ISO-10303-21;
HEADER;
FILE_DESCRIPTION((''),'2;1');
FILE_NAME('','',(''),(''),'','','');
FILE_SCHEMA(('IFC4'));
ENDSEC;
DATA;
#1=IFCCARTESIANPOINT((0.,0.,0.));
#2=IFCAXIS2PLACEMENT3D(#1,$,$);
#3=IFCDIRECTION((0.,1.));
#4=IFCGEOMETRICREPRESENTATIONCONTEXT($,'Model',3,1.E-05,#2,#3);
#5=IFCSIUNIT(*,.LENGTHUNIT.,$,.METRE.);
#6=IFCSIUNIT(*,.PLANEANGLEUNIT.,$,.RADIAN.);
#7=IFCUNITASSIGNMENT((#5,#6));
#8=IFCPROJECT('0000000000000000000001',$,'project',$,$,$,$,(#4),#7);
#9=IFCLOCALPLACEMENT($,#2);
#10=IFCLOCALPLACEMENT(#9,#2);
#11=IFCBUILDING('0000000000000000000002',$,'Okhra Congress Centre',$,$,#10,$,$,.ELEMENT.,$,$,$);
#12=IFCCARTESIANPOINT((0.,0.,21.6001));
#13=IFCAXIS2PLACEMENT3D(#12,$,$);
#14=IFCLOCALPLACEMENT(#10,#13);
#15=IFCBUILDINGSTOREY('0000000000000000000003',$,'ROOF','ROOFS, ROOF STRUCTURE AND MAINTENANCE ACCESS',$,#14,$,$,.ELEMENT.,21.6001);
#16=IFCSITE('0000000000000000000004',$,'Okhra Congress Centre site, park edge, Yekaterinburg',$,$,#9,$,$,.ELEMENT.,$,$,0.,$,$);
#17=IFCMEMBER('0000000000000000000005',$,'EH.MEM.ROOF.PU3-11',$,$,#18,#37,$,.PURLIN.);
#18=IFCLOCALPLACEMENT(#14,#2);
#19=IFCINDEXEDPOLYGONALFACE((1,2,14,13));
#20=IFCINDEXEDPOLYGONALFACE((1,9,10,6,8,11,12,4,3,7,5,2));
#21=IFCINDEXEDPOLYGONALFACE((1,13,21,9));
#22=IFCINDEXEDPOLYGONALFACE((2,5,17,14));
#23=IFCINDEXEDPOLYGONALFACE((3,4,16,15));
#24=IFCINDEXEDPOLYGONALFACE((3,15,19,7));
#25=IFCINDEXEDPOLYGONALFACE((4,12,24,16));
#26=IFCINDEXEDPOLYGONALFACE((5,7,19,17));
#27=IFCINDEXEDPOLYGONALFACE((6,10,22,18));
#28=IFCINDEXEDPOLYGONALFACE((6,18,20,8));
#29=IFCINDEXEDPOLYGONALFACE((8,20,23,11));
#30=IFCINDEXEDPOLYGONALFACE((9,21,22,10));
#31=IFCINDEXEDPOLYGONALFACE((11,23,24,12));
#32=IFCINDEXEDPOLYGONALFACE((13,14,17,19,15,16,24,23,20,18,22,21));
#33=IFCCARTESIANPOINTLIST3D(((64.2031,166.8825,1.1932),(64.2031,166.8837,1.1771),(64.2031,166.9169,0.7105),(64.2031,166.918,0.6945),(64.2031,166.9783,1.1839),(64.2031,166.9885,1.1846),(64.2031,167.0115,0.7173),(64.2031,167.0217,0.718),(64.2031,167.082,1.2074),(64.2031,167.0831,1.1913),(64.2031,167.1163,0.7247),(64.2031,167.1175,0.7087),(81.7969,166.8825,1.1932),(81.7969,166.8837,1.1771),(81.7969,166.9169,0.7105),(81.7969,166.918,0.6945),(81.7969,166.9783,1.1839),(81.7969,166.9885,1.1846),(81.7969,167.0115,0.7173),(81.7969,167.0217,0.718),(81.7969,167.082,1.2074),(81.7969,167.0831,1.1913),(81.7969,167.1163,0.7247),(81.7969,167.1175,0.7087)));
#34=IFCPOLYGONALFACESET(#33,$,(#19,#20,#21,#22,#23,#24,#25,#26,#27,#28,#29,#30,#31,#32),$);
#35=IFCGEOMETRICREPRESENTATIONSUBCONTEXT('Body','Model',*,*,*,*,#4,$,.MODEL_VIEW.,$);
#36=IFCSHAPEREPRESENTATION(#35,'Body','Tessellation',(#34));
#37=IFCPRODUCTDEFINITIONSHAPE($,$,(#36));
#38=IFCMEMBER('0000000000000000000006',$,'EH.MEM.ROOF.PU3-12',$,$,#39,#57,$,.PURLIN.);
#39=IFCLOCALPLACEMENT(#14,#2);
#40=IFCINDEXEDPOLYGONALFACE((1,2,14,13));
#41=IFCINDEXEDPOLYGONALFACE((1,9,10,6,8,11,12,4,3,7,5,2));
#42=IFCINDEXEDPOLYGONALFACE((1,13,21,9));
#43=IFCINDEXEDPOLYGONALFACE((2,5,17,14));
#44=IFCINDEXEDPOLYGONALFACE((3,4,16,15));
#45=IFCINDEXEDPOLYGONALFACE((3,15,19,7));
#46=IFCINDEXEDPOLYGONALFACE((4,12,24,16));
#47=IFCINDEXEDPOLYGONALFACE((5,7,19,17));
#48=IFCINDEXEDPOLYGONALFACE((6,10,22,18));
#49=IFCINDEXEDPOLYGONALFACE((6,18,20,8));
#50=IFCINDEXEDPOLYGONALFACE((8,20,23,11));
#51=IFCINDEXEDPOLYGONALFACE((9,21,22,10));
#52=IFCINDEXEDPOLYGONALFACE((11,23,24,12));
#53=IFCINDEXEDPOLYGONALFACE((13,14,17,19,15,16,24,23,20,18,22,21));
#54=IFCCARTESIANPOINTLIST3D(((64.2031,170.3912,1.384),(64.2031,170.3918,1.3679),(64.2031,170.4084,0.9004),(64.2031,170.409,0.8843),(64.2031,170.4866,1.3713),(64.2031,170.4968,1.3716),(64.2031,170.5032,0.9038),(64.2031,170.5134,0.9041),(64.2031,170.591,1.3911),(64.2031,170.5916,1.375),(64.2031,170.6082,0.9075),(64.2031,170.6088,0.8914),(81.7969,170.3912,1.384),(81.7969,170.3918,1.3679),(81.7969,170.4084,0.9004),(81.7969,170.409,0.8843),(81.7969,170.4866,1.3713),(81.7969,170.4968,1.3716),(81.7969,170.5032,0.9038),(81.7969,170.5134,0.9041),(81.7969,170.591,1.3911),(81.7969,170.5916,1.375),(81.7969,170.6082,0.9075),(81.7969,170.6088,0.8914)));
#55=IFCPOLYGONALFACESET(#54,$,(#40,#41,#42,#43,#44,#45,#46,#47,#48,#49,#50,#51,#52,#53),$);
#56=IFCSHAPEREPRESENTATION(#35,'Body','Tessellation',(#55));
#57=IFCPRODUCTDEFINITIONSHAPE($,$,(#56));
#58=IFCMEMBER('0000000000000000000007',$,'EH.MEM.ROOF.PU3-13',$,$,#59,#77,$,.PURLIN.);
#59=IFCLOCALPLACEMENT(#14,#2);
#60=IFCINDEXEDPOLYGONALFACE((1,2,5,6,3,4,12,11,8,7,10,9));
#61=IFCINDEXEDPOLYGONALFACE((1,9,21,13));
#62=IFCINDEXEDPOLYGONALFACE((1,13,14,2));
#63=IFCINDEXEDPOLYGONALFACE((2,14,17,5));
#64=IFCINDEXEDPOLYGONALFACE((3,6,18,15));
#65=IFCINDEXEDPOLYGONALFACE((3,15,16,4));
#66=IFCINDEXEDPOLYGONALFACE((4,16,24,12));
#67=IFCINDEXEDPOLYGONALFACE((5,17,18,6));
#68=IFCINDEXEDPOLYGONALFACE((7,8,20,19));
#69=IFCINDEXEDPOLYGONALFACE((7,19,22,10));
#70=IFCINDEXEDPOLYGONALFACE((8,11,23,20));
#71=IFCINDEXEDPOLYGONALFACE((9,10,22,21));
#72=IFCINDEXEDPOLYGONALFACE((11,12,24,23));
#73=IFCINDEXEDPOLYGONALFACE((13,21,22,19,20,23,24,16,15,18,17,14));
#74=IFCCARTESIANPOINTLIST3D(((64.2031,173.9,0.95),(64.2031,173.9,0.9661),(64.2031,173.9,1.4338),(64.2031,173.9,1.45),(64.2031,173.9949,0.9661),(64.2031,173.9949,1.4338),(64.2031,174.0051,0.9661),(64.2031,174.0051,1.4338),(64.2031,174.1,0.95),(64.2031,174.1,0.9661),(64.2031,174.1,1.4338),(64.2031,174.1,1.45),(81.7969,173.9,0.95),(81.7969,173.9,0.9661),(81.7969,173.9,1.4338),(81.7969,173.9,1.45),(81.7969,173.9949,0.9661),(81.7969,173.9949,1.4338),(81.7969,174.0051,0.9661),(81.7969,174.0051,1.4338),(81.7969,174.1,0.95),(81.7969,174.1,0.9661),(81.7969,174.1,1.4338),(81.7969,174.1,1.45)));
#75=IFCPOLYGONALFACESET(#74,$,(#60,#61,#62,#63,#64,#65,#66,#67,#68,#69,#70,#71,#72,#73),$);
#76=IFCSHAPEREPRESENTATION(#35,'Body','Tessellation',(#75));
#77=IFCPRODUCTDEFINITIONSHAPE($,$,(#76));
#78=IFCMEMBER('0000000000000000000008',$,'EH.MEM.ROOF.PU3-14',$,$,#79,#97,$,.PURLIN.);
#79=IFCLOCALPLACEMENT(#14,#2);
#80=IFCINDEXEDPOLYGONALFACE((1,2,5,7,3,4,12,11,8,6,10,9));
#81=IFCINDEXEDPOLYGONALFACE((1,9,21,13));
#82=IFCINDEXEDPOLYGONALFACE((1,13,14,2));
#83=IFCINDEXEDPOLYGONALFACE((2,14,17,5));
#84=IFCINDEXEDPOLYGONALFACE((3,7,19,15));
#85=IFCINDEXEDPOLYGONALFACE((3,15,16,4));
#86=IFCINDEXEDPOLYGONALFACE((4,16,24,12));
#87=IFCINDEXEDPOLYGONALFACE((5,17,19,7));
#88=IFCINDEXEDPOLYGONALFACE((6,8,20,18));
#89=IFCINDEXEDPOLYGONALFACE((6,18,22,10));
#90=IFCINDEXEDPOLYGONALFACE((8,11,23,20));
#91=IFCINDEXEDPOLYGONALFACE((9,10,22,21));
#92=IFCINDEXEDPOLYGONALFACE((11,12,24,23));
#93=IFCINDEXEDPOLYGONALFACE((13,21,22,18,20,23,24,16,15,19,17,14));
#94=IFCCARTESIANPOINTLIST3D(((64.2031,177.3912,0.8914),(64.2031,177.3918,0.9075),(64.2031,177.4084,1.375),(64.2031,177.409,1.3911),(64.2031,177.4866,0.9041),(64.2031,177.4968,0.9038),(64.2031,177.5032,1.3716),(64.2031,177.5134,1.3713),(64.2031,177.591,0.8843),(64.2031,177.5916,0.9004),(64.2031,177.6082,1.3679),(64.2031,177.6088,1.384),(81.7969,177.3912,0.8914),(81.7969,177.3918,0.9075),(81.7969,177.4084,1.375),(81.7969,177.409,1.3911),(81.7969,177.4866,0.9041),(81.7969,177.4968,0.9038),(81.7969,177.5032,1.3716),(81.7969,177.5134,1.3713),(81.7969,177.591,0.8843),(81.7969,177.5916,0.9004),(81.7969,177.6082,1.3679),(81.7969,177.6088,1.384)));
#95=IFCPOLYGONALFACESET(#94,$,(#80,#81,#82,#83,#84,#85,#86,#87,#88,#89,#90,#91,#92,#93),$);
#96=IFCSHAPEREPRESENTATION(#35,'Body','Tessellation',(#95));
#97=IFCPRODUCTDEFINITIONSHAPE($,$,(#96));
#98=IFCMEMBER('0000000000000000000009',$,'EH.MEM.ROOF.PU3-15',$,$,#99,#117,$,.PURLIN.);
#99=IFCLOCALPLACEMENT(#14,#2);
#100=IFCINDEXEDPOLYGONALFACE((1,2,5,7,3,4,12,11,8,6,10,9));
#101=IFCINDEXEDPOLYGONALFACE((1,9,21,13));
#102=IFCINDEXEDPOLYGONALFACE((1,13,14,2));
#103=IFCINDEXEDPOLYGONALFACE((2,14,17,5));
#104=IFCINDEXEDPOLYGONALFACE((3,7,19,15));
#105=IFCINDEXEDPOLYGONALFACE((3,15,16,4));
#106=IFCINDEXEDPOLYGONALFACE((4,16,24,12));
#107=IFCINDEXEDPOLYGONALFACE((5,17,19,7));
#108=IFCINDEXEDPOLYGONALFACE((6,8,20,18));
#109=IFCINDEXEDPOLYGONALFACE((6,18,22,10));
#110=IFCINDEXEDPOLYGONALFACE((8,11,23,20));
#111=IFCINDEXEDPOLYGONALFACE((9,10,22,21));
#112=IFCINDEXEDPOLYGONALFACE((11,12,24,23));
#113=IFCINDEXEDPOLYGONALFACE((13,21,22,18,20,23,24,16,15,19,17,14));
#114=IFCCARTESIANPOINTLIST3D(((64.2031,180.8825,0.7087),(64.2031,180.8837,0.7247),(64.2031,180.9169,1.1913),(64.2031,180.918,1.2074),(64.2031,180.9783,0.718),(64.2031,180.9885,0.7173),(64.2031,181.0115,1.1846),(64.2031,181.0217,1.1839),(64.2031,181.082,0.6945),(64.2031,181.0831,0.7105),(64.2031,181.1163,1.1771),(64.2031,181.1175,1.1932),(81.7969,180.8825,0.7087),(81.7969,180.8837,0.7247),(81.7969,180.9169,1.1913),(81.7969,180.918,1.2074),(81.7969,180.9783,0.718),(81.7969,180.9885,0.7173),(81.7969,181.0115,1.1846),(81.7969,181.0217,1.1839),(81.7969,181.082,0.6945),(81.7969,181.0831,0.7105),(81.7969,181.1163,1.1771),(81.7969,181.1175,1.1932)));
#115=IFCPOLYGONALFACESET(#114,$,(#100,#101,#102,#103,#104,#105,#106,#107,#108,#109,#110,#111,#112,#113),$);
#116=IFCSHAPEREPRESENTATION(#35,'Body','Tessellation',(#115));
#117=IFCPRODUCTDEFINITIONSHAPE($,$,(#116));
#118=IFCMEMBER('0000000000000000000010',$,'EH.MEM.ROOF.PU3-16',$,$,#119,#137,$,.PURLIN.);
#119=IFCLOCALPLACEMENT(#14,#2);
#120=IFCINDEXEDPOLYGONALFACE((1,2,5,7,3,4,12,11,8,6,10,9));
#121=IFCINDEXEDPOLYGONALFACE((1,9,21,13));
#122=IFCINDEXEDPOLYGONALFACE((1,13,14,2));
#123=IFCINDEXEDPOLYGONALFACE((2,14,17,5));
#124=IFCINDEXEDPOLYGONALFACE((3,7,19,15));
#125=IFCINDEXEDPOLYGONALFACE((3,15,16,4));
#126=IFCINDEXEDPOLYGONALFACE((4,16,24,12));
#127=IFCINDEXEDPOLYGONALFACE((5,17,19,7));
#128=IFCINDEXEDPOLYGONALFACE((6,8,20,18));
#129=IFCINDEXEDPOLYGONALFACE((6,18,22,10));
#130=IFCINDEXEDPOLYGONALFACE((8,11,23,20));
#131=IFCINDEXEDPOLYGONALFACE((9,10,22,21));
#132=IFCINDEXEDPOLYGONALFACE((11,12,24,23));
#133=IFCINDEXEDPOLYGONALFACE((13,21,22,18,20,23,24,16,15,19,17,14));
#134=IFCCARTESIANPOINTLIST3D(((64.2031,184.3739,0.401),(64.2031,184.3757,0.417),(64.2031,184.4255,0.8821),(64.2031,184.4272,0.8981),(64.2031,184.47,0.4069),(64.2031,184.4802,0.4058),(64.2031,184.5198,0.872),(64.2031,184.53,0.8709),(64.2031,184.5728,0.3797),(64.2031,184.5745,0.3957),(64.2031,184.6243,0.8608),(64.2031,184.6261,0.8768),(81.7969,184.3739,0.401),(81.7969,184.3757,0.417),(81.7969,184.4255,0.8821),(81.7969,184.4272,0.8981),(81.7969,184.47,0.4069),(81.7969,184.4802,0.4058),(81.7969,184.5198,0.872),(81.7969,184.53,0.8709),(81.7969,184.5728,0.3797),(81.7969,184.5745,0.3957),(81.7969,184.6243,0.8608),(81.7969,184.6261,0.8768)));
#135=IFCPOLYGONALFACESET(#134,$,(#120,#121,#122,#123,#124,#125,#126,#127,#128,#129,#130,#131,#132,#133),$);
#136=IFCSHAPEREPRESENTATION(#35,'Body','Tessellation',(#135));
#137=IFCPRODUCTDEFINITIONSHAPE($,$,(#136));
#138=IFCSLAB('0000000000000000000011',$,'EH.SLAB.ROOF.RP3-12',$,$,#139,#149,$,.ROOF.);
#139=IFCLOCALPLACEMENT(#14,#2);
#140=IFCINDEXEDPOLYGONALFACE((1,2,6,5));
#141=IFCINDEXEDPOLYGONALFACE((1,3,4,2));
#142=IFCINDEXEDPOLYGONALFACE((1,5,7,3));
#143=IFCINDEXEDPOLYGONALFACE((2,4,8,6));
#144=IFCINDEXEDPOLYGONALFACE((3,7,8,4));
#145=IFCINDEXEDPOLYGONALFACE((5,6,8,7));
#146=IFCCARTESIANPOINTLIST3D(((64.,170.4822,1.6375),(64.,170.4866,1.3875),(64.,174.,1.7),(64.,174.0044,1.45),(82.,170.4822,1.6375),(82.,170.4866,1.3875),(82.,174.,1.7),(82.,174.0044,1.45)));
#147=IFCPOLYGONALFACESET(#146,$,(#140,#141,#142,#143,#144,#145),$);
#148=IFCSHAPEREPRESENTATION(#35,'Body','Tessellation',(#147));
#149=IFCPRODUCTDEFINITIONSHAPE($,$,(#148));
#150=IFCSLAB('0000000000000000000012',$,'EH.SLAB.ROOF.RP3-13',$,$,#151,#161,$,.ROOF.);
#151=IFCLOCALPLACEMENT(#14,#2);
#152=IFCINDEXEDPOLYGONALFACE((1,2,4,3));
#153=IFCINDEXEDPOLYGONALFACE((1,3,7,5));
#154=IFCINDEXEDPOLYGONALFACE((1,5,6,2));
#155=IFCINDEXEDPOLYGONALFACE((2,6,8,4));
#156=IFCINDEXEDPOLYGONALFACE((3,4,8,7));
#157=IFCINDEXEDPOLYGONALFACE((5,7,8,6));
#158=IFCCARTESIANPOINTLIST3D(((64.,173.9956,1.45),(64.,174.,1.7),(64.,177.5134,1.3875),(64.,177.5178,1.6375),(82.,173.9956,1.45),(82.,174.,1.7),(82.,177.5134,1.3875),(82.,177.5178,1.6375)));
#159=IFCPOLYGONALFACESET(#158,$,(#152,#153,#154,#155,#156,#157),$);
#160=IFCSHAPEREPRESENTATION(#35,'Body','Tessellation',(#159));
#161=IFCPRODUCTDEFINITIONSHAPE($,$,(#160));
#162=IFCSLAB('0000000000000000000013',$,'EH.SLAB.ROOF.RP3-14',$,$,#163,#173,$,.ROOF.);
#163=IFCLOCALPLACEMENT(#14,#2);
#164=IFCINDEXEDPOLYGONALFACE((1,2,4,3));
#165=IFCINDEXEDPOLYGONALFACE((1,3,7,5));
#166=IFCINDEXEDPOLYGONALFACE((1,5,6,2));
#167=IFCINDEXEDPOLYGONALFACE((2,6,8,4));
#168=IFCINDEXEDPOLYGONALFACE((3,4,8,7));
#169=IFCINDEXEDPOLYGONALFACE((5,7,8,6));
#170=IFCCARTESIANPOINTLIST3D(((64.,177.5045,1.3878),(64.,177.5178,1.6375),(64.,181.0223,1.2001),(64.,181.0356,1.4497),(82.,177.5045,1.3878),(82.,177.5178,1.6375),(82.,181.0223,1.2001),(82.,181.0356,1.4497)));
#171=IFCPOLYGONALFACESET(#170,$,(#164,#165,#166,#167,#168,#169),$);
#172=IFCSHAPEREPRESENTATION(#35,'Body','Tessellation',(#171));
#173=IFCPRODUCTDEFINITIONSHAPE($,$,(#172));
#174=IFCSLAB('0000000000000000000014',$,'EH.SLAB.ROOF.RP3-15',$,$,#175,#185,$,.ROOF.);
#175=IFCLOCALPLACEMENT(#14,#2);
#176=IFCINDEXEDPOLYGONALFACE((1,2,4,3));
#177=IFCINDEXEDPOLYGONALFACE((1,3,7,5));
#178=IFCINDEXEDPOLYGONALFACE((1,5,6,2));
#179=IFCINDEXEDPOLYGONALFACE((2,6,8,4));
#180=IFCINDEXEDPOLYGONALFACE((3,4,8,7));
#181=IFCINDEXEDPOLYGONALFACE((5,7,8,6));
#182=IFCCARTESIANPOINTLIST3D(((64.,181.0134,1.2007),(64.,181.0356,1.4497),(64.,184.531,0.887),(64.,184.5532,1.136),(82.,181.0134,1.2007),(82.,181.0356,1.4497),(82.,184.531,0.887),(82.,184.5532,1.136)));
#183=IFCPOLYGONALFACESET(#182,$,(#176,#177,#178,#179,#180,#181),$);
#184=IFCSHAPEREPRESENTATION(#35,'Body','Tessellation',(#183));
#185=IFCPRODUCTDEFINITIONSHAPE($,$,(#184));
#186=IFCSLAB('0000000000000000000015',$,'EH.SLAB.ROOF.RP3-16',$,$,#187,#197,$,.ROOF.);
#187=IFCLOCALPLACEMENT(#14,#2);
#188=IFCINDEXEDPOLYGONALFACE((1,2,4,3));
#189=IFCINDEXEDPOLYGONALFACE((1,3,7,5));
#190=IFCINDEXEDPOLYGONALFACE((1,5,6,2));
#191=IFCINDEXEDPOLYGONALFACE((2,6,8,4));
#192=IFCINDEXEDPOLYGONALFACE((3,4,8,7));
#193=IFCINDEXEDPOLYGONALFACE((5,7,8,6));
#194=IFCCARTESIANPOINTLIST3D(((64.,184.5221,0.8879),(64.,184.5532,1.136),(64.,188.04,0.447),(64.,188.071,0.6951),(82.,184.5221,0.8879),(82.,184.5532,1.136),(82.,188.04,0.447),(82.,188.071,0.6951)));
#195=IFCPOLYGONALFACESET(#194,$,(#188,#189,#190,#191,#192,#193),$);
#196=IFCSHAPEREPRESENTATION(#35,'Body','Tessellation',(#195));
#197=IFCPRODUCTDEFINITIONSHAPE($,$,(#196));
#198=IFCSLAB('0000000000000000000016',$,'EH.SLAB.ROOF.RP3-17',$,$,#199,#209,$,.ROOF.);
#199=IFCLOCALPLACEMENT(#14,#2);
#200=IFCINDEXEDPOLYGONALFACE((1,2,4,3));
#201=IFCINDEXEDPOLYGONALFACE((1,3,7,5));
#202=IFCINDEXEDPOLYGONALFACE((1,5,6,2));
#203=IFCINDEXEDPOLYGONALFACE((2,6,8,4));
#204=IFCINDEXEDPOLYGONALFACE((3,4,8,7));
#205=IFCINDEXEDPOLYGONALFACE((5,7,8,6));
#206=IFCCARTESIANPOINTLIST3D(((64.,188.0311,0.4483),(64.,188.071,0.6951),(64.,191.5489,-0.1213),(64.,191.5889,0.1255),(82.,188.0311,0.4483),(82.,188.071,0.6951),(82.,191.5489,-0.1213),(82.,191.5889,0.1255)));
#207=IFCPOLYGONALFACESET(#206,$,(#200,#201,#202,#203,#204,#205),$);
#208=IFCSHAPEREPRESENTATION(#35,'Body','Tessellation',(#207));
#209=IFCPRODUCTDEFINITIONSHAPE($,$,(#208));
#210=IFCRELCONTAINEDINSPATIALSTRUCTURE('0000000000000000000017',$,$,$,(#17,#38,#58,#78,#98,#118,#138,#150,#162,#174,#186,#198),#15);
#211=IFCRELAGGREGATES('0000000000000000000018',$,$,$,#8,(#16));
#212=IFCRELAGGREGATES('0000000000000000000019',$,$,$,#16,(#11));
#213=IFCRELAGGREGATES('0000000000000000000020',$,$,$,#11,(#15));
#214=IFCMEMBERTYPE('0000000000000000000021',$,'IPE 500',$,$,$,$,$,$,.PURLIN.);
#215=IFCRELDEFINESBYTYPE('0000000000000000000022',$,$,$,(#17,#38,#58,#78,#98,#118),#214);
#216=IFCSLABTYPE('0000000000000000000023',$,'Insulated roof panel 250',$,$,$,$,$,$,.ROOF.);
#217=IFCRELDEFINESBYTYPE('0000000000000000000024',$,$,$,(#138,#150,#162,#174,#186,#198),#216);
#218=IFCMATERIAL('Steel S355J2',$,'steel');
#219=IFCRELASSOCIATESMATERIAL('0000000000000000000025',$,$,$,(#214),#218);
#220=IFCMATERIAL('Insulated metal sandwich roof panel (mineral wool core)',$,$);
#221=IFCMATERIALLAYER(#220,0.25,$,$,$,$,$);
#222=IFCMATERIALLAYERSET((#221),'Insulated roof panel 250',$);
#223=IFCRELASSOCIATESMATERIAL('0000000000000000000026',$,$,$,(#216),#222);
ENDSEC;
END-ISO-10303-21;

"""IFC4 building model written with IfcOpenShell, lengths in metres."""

from ifc_helpers import new_model, si_unit, direction, frame, origin, origin_2d, place, context, subcontext, project, spatial, polyline, i_section, outline, extrude, material, layer, layer_set, material_profile, profile_set, type_object, element, save


model = new_model("IFC4")

# Units and contexts
model_context = context("Model", 3, precision=1e-05, world=origin(), true_north=direction((0.0, 1.0)))
body_context = subcontext(model_context, "Body", "Model", "MODEL_VIEW")
ifc_project = project(units=[si_unit("LENGTHUNIT", "METRE"), si_unit("PLANEANGLEUNIT", "RADIAN")], contexts=[model_context])

# Site, building, storey
site_placement = place(None, origin())
site = spatial("IfcSite", under=ifc_project, at=site_placement, Name="Okhra Congress Centre site, park edge, Yekaterinburg", CompositionType="ELEMENT", RefElevation=0.0)
building_placement = place(site_placement, origin())
building = spatial("IfcBuilding", under=site, at=building_placement, Name="Okhra Congress Centre", CompositionType="ELEMENT")
storey_placement = place(building_placement, frame((0.0, 0.0, 21.6001)))
storey = spatial("IfcBuildingStorey", under=building, at=storey_placement, Name="ROOF", Description="ROOFS, ROOF STRUCTURE AND MAINTENANCE ACCESS", CompositionType="ELEMENT", Elevation=21.6001)

# Members
ifc_material_1 = material(Name="Steel S355J2", Category="steel")
ifc_material_profile_1 = material_profile(ifc_material_1, i_section(OverallWidth=0.2, OverallDepth=0.5, WebThickness=0.0103, FlangeThickness=0.0161, at=origin_2d()), Name="IPE 500")
ifc_profile_set_1 = profile_set([ifc_material_profile_1], Name="Steel S355J2")
member_type_1 = type_object("IfcMemberType", Name="IPE 500", PredefinedType="PURLIN", material=ifc_profile_set_1)
for number, where, z_axis, x_axis, name in (
    (1, (64.2031, 167.0, 0.9509), (1.0, 0.0, 0.0), (0.0, 0.997472, 0.071067), "EH.MEM.ROOF.PU3-11"),
    (2, (64.2031, 170.5, 1.1377), (1.0, 0.0, 0.0), (0.0, 0.999368, 0.035533), "EH.MEM.ROOF.PU3-12"),
    (3, (64.2031, 174.0, 1.2), (1.0, 0.0, 0.0), (0.0, 1.0, 0.0), "EH.MEM.ROOF.PU3-13"),
    (4, (64.2031, 177.5, 1.1377), (1.0, 0.0, 0.0), (0.0, 0.999368, -0.035533), "EH.MEM.ROOF.PU3-14"),
    (5, (64.2031, 181.0, 0.9509), (1.0, 0.0, 0.0), (0.0, 0.997472, -0.071067), "EH.MEM.ROOF.PU3-15"),
    (6, (64.2031, 184.5, 0.6389), (1.0, 0.0, 0.0), (0.0, 0.994302, -0.106601), "EH.MEM.ROOF.PU3-16"),
):
    element("IfcMember", number, at=place(storey_placement, frame(where, z_axis=z_axis, x_axis=x_axis)), inside=storey, type_object=member_type_1, Name=name, PredefinedType="PURLIN", context=body_context, shape_type="SweptSolid", body=[
        extrude(i_section(OverallWidth=0.2, OverallDepth=0.5, WebThickness=0.0103, FlangeThickness=0.0161, at=origin_2d()), origin(), (0.0, 0.0, 1.0), 17.5938),
    ])

# Slabs
ifc_material_2 = material(Name="Insulated metal sandwich roof panel (mineral wool core)")
ifc_layer = layer(ifc_material_2, 0.25)
ifc_layer_set = layer_set([ifc_layer], Name="Insulated roof panel 250")
slab_type = type_object("IfcSlabType", Name="Insulated roof panel 250", PredefinedType="ROOF", material=ifc_layer_set)
for number, where, z_axis, x_axis, name in (
    (7, (64.0, 170.4822, 1.6375), (0.0, -0.017764, 0.999842), (1.0, 0.0, 0.0), "EH.SLAB.ROOF.RP3-12"),
    (8, (64.0, 174.0, 1.7), (0.0, 0.017764, 0.999842), (1.0, 0.0, 0.0), "EH.SLAB.ROOF.RP3-13"),
):
    element("IfcSlab", number, at=place(storey_placement, frame(where, z_axis=z_axis, x_axis=x_axis)), inside=storey, type_object=slab_type, Name=name, PredefinedType="ROOF", context=body_context, shape_type="SweptSolid", body=[
        extrude(outline(polyline([(0.0, 0.0), (18.0, 0.0), (18.0, 3.5184), (0.0, 3.5184), (0.0, 0.0)])), origin(), (0.0, 0.0, -1.0), 0.25),
    ])
slab_1_placement = place(storey_placement, frame((64.0, 177.5178, 1.6375), z_axis=(0.0, 0.053294, 0.998579), x_axis=(1.0, 0.0, 0.0)))
element("IfcSlab", 9, at=slab_1_placement, inside=storey, type_object=slab_type, Name="EH.SLAB.ROOF.RP3-14", PredefinedType="ROOF", context=body_context, shape_type="SweptSolid", body=[
    extrude(outline(polyline([(0.0, 0.0), (18.0, 0.0), (18.0, 3.5228), (0.0, 3.5228), (0.0, 0.0)])), origin(), (0.0, 0.0, -1.0), 0.25),
])
slab_2_placement = place(storey_placement, frame((64.0, 181.0356, 1.4497), z_axis=(0.0, 0.088834, 0.996046), x_axis=(1.0, 0.0, 0.0)))
element("IfcSlab", 10, at=slab_2_placement, inside=storey, type_object=slab_type, Name="EH.SLAB.ROOF.RP3-15", PredefinedType="ROOF", context=body_context, shape_type="SweptSolid", body=[
    extrude(outline(polyline([(0.0, 0.0), (18.0, 0.0), (18.0, 3.5315), (0.0, 3.5315), (0.0, 0.0)])), origin(), (0.0, 0.0, -1.0), 0.25),
])
slab_3_placement = place(storey_placement, frame((64.0, 184.5532, 1.136), z_axis=(0.0, 0.124365, 0.992237), x_axis=(1.0, 0.0, 0.0)))
element("IfcSlab", 11, at=slab_3_placement, inside=storey, type_object=slab_type, Name="EH.SLAB.ROOF.RP3-16", PredefinedType="ROOF", context=body_context, shape_type="SweptSolid", body=[
    extrude(outline(polyline([(0.0, 0.0), (18.0, 0.0), (18.0, 3.5453), (0.0, 3.5453), (0.0, 0.0)])), origin(), (0.0, 0.0, -1.0), 0.25),
])
slab_4_placement = place(storey_placement, frame((64.0, 188.071, 0.6951), z_axis=(0.0, 0.159831, 0.987144), x_axis=(1.0, 0.0, 0.0)))
element("IfcSlab", 12, at=slab_4_placement, inside=storey, type_object=slab_type, Name="EH.SLAB.ROOF.RP3-17", PredefinedType="ROOF", context=body_context, shape_type="SweptSolid", body=[
    extrude(outline(polyline([(0.0, 0.0), (18.0, 0.0), (18.0, 3.5636), (0.0, 3.5636), (0.0, 0.0)])), origin(), (0.0, 0.0, -1.0), 0.25),
])

save(model, "model.ifc")
